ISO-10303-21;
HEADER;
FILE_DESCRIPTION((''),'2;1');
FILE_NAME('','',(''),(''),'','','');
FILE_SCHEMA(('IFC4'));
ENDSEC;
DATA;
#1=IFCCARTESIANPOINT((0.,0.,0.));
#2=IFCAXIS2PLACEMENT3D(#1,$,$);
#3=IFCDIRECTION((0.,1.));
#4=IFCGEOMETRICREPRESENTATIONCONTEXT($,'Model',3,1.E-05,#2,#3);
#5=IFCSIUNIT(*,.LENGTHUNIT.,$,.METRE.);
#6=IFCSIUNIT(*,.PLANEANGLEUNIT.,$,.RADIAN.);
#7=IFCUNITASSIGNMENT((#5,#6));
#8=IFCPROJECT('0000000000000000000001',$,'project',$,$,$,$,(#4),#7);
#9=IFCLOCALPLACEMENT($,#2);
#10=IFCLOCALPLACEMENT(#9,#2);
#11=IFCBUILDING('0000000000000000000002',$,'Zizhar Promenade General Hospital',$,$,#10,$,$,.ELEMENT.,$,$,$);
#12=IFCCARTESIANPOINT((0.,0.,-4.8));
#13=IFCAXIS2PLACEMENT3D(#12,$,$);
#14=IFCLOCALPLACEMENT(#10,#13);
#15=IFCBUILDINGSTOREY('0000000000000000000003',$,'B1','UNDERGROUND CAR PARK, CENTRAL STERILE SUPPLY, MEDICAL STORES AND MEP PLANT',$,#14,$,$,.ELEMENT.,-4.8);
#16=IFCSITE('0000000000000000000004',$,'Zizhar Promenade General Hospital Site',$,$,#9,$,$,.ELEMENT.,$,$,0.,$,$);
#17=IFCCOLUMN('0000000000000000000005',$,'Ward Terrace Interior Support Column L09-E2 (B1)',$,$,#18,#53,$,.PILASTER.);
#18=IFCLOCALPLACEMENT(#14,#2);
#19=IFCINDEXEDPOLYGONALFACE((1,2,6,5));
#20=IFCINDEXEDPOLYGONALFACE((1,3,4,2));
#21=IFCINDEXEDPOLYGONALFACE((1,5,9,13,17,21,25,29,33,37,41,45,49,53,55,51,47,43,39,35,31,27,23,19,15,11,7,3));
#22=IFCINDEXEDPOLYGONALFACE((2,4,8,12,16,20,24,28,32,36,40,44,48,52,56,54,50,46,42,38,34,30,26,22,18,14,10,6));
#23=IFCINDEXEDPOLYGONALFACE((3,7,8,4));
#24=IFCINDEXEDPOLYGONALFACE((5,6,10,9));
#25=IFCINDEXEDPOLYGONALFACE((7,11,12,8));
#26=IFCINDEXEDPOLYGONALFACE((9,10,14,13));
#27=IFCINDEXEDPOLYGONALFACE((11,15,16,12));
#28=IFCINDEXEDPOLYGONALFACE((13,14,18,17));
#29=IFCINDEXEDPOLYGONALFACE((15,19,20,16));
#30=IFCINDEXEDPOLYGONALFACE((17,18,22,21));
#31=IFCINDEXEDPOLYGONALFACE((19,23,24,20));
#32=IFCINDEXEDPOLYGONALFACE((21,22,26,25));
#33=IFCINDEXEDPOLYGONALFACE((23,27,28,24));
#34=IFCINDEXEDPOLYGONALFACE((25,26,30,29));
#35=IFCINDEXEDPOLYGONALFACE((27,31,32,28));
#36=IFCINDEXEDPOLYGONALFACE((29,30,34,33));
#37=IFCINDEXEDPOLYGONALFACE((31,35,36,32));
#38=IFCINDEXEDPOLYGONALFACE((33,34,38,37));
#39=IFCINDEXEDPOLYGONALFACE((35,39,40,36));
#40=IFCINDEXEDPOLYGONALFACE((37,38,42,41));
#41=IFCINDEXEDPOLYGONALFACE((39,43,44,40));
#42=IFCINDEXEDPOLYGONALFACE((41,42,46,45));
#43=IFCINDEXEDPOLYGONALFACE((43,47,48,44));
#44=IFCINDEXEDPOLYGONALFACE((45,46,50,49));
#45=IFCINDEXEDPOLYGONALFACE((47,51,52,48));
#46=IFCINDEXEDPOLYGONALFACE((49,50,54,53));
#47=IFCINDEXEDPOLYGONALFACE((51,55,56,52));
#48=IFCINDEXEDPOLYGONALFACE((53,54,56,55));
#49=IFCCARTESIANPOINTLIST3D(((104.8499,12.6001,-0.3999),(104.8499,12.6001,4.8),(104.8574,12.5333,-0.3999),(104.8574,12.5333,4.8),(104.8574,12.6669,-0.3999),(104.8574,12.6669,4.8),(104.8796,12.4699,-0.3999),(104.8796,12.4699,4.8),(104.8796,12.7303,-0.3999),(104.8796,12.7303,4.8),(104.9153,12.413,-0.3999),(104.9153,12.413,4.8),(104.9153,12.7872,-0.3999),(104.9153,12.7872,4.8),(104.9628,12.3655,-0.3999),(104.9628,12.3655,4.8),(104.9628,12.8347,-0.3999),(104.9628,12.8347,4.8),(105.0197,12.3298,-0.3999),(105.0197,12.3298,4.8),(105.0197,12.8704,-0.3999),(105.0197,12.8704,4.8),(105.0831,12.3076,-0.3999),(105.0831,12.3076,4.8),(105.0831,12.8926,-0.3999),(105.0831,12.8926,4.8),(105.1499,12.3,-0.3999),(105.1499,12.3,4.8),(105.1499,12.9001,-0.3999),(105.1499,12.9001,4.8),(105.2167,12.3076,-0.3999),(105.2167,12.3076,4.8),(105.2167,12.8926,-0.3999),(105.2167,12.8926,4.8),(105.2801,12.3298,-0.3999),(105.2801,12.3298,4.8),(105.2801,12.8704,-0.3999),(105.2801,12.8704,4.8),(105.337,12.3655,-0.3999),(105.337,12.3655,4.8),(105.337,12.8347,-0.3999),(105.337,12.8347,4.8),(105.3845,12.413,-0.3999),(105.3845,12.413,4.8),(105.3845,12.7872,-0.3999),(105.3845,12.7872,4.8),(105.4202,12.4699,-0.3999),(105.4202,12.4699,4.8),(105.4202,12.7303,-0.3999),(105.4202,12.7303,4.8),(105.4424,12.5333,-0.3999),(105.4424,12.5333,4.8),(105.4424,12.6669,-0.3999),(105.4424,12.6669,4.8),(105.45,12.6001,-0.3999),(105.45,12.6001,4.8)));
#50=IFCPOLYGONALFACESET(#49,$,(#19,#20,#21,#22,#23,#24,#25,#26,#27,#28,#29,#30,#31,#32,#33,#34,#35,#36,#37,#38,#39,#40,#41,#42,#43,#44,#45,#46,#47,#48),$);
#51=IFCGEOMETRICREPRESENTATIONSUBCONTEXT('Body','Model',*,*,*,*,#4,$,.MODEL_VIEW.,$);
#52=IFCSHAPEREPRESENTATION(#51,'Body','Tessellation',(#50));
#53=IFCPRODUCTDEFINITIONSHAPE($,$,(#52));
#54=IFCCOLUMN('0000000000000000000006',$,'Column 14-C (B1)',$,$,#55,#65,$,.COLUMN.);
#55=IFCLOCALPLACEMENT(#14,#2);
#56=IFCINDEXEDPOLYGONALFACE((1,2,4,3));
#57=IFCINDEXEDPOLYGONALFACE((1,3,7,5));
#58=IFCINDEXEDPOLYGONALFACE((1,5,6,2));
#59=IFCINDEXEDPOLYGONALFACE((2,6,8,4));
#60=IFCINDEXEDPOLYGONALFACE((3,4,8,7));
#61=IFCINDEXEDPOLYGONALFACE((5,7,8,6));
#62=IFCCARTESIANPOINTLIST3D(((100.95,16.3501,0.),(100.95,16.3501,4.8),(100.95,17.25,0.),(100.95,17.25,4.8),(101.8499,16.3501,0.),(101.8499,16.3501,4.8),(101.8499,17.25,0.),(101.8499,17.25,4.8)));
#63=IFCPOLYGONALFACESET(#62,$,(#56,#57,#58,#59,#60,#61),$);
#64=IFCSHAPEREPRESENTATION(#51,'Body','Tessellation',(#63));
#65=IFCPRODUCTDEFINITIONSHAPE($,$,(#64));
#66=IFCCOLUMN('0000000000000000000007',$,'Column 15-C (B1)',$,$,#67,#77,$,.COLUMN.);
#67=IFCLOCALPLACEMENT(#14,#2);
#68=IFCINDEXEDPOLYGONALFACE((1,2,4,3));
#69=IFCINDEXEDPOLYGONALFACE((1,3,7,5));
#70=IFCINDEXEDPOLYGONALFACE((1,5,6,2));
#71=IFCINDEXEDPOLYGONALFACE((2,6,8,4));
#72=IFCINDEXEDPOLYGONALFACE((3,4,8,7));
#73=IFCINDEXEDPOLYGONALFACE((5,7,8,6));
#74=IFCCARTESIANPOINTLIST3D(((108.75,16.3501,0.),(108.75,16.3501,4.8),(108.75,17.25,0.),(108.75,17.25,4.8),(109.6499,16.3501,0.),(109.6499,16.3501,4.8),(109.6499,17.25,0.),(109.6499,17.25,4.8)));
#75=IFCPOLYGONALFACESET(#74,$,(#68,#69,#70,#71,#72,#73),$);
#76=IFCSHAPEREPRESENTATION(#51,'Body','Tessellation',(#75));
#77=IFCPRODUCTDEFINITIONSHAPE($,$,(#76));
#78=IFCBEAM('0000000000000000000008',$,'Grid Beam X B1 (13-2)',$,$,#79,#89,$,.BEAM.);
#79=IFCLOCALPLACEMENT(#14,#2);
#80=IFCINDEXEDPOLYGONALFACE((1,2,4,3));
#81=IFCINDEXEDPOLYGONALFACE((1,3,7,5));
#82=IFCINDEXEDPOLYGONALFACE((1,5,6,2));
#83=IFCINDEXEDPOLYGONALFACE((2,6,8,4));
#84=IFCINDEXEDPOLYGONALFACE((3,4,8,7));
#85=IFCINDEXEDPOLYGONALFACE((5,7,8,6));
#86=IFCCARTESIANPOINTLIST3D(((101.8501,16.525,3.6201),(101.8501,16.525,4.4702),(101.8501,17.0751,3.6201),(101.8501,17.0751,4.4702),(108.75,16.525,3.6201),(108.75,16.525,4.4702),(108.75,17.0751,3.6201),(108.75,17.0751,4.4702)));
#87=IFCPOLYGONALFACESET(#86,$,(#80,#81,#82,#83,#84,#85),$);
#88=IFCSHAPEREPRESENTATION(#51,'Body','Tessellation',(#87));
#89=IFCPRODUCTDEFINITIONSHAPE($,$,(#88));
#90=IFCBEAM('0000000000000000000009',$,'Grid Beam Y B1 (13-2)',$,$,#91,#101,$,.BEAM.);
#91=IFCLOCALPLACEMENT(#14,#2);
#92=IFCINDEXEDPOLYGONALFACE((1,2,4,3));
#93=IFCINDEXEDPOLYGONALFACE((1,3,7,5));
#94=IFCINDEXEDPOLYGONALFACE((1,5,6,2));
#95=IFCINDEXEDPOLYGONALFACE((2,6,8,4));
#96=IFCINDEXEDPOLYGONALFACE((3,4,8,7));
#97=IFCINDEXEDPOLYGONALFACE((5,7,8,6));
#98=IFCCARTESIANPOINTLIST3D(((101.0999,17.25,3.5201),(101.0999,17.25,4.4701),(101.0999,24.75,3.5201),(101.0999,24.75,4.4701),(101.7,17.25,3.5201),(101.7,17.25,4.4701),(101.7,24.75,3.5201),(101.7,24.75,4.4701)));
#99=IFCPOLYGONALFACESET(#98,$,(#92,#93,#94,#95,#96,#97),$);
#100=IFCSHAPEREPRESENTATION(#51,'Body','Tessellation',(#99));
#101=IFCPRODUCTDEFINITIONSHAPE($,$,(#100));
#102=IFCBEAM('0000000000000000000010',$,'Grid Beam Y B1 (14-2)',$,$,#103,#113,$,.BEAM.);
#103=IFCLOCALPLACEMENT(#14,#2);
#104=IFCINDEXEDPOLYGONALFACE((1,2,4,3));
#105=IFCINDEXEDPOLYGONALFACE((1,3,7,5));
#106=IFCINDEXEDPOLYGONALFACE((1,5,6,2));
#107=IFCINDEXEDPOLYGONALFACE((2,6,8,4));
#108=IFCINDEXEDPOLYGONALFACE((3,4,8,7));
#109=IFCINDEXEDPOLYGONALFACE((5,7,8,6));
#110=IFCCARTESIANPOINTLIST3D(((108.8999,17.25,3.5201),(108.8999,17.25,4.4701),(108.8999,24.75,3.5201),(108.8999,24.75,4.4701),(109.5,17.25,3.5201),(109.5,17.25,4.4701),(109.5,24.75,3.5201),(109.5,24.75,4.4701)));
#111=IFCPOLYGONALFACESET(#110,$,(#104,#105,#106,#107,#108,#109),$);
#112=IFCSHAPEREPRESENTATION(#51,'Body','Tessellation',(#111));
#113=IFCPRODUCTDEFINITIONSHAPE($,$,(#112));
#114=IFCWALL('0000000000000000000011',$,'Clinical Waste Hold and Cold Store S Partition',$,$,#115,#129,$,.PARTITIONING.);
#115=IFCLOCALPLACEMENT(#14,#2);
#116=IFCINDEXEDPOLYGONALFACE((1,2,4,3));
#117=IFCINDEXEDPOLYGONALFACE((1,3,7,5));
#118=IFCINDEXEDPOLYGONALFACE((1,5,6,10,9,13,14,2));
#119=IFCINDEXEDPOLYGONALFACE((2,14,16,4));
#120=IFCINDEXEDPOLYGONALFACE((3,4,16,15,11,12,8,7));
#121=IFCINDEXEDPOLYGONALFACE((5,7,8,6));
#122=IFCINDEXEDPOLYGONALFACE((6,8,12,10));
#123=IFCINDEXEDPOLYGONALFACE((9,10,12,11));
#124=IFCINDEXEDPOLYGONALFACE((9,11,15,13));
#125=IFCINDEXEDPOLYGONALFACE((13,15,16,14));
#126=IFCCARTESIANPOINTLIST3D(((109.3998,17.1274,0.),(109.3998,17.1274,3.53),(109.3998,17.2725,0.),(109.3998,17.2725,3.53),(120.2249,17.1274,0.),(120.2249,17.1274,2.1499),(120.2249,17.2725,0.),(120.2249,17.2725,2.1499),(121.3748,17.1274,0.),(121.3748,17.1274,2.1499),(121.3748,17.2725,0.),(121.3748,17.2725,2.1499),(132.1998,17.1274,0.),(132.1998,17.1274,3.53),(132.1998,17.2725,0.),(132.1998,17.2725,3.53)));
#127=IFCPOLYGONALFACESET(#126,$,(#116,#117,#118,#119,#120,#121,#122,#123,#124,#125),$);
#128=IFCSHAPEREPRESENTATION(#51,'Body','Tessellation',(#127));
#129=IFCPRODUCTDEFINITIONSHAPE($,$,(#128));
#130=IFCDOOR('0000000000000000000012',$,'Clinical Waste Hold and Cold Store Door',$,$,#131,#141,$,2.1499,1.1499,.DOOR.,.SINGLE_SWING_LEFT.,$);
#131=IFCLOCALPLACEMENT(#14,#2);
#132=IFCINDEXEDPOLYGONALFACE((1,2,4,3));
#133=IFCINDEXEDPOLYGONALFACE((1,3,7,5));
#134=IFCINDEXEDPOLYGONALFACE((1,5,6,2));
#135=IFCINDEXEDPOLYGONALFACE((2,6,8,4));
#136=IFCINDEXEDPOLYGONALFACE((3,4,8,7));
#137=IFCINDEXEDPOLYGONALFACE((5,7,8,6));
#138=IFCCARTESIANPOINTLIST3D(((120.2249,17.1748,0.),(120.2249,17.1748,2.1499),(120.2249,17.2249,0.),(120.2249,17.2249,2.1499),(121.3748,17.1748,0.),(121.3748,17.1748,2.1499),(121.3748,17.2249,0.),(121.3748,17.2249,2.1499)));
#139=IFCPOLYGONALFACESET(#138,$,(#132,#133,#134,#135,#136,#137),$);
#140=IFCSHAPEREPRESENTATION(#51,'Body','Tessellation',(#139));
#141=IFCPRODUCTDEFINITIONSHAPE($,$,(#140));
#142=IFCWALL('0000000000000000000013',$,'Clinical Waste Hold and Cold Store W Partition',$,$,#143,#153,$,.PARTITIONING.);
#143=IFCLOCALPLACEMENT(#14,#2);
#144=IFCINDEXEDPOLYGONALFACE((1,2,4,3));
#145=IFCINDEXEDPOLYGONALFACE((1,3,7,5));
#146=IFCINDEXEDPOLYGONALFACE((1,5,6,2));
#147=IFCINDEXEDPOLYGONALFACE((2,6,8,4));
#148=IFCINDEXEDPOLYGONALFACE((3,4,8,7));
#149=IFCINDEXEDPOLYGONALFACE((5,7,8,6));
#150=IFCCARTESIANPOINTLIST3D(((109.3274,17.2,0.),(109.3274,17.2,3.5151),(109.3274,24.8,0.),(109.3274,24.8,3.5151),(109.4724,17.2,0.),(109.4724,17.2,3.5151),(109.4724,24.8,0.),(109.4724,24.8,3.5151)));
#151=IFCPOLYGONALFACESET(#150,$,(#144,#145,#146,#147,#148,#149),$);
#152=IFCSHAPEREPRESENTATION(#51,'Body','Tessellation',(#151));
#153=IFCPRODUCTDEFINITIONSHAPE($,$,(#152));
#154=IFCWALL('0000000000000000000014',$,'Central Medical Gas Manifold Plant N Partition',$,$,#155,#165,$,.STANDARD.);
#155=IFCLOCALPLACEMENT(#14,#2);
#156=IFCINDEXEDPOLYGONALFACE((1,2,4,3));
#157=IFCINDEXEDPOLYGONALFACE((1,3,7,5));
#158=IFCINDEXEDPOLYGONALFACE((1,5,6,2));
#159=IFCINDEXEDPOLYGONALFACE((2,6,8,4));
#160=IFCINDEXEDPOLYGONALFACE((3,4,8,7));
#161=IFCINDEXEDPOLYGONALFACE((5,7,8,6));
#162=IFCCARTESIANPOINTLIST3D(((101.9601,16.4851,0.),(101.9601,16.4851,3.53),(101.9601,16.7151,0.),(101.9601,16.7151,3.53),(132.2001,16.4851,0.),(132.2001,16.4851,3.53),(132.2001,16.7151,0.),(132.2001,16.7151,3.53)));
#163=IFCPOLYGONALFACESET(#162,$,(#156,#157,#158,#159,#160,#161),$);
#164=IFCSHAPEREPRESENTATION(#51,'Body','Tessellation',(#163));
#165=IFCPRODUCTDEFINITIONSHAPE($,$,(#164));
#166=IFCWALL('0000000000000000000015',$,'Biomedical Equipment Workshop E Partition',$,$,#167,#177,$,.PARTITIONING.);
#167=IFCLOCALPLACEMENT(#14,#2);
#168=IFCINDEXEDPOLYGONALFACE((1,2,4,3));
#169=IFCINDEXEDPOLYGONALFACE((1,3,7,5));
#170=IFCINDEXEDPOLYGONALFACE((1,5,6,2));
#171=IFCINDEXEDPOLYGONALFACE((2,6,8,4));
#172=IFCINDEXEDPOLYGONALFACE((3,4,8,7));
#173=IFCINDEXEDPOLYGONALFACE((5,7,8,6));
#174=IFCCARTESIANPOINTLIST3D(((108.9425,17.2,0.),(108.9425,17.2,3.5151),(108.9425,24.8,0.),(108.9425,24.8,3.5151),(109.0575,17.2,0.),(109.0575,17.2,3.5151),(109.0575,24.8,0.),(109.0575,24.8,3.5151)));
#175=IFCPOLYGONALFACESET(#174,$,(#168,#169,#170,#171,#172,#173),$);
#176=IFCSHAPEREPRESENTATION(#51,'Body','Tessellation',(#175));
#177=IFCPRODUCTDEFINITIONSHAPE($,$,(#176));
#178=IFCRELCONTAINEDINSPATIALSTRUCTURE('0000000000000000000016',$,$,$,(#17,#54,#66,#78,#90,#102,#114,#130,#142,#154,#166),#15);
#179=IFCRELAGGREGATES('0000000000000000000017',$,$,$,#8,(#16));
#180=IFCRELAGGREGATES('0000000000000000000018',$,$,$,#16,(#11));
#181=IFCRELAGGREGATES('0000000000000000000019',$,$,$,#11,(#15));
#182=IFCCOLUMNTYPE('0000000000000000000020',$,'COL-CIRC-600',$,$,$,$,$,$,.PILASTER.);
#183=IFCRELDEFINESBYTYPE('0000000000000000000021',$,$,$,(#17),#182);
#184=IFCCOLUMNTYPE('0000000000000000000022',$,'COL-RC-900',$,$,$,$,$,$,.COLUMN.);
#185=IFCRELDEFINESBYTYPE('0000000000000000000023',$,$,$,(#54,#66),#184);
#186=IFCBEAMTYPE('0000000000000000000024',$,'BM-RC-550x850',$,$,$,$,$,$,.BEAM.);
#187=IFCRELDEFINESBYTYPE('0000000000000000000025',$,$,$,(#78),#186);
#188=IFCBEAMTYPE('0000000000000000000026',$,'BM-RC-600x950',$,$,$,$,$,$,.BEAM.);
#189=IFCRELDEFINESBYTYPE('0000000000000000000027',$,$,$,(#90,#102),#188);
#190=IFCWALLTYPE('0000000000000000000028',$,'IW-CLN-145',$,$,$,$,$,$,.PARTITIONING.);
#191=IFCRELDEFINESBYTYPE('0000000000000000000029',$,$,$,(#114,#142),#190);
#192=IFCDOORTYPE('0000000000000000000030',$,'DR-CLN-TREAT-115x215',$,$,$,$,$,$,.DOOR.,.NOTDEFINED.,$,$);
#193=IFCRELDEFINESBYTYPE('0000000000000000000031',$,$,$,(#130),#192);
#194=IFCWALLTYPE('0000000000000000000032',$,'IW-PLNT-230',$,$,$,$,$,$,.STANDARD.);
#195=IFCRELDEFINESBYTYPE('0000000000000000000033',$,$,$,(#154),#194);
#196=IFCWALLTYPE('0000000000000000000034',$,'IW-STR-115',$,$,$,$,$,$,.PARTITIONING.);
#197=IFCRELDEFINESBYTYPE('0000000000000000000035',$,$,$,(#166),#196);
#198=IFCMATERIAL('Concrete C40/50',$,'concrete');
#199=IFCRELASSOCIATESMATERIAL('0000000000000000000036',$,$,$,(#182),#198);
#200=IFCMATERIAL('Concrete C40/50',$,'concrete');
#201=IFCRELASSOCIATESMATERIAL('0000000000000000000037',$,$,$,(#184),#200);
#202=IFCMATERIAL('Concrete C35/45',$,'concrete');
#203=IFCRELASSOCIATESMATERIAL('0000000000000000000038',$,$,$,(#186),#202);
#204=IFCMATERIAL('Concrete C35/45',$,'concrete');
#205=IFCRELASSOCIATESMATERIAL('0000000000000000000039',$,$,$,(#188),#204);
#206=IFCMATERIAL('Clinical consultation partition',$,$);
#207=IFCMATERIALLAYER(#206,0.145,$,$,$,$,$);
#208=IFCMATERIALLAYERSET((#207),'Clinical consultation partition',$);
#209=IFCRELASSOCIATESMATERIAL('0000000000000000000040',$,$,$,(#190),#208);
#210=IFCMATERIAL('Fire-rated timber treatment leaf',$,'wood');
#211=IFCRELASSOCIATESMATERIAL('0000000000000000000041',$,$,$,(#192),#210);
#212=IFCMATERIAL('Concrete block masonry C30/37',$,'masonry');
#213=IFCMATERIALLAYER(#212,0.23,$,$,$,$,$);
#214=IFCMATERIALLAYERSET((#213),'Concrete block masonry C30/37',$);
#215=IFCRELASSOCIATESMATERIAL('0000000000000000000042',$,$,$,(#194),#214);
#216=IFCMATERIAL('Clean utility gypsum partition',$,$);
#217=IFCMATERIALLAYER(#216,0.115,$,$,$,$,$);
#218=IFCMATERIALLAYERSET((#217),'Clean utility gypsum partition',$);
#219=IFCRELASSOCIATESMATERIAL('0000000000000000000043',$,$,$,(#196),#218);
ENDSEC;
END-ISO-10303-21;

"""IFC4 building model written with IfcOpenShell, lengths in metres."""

from ifc_helpers import new_model, si_unit, direction, frame, frame_2d, origin, origin_2d, place, context, subcontext, project, spatial, rectangle, circle, extrude, material, layer, layer_set, material_profile, profile_set, type_object, element, fill, save


model = new_model("IFC4")

# Units and contexts
model_context = context("Model", 3, precision=1e-05, world=origin(), true_north=direction((0.0, 1.0)))
body_context = subcontext(model_context, "Body", "Model", "MODEL_VIEW")
ifc_project = project(units=[si_unit("LENGTHUNIT", "METRE"), si_unit("PLANEANGLEUNIT", "RADIAN")], contexts=[model_context])

# Site, building, storey
site_placement = place(None, origin())
site = spatial("IfcSite", under=ifc_project, at=site_placement, Name="Zizhar Promenade General Hospital Site", CompositionType="ELEMENT", RefElevation=0.0)
building_placement = place(site_placement, origin())
building = spatial("IfcBuilding", under=site, at=building_placement, Name="Zizhar Promenade General Hospital", CompositionType="ELEMENT")
storey_placement = place(building_placement, frame((0.0, 0.0, -4.8)))
storey = spatial("IfcBuildingStorey", under=building, at=storey_placement, Name="B1", Description="UNDERGROUND CAR PARK, CENTRAL STERILE SUPPLY, MEDICAL STORES AND MEP PLANT", CompositionType="ELEMENT", Elevation=-4.8)

# Columns
ifc_material_1 = material(Name="Concrete C40/50", Category="concrete")
ifc_material_profile_1 = material_profile(ifc_material_1, circle(Radius=0.3, at=origin_2d()))
ifc_profile_set_1 = profile_set([ifc_material_profile_1], Name="Concrete C40/50")
column_type_1 = type_object("IfcColumnType", Name="COL-CIRC-600", PredefinedType="PILASTER", material=ifc_profile_set_1)
column_placement = place(storey_placement, frame((105.1499, 12.6001, -0.3999), z_axis=(0.0, 0.0, 1.0), x_axis=(1.0, 0.0, 0.0)))
element("IfcColumn", 1, at=column_placement, inside=storey, type_object=column_type_1, Name="Ward Terrace Interior Support Column L09-E2 (B1)", PredefinedType="PILASTER", context=body_context, shape_type="SweptSolid", body=[
    extrude(circle(Radius=0.3, at=origin_2d()), origin(), (0.0, 0.0, 1.0), 5.2),
])
ifc_material_2 = material(Name="Concrete C40/50", Category="concrete")
ifc_material_profile_2 = material_profile(ifc_material_2, rectangle(XDim=0.8999, YDim=0.8999, at=origin_2d()))
ifc_profile_set_2 = profile_set([ifc_material_profile_2], Name="Concrete C40/50")
column_type_2 = type_object("IfcColumnType", Name="COL-RC-900", PredefinedType="COLUMN", material=ifc_profile_set_2)
for number, where, z_axis, x_axis, name in (
    (2, (101.3999, 16.8, 0.0), (0.0, 0.0, 1.0), (1.0, 0.0, 0.0), "Column 14-C (B1)"),
    (3, (109.2, 16.8, 0.0), (0.0, 0.0, 1.0), (1.0, 0.0, 0.0), "Column 15-C (B1)"),
):
    element("IfcColumn", number, at=place(storey_placement, frame(where, z_axis=z_axis, x_axis=x_axis)), inside=storey, type_object=column_type_2, Name=name, PredefinedType="COLUMN", context=body_context, shape_type="SweptSolid", body=[
        extrude(rectangle(XDim=0.8999, YDim=0.8999, at=origin_2d()), origin(), (0.0, 0.0, 1.0), 4.8),
    ])

# Beams
ifc_material_3 = material(Name="Concrete C35/45", Category="concrete")
ifc_material_profile_3 = material_profile(ifc_material_3, rectangle(XDim=0.55, YDim=0.8501, at=origin_2d()))
ifc_profile_set_3 = profile_set([ifc_material_profile_3], Name="Concrete C35/45")
beam_type_1 = type_object("IfcBeamType", Name="BM-RC-550x850", PredefinedType="BEAM", material=ifc_profile_set_3)
beam_placement = place(storey_placement, frame((101.8501, 16.8, 4.0452), z_axis=(1.0, 0.0, 0.0), x_axis=(0.0, 1.0, 0.0)))
element("IfcBeam", 4, at=beam_placement, inside=storey, type_object=beam_type_1, Name="Grid Beam X B1 (13-2)", PredefinedType="BEAM", context=body_context, shape_type="SweptSolid", body=[
    extrude(rectangle(XDim=0.55, YDim=0.8501, at=origin_2d()), origin(), (0.0, 0.0, 1.0), 6.8999),
])
ifc_material_4 = material(Name="Concrete C35/45", Category="concrete")
ifc_material_profile_4 = material_profile(ifc_material_4, rectangle(XDim=0.6001, YDim=0.95, at=origin_2d()))
ifc_profile_set_4 = profile_set([ifc_material_profile_4], Name="Concrete C35/45")
beam_type_2 = type_object("IfcBeamType", Name="BM-RC-600x950", PredefinedType="BEAM", material=ifc_profile_set_4)
for number, where, z_axis, x_axis, name in (
    (5, (101.3999, 17.25, 3.9951), (0.0, 1.0, 0.0), (-1.0, 0.0, 0.0), "Grid Beam Y B1 (13-2)"),
    (6, (109.2, 17.25, 3.9951), (0.0, 1.0, 0.0), (-1.0, 0.0, 0.0), "Grid Beam Y B1 (14-2)"),
):
    element("IfcBeam", number, at=place(storey_placement, frame(where, z_axis=z_axis, x_axis=x_axis)), inside=storey, type_object=beam_type_2, Name=name, PredefinedType="BEAM", context=body_context, shape_type="SweptSolid", body=[
        extrude(rectangle(XDim=0.6001, YDim=0.95, at=origin_2d()), origin(), (0.0, 0.0, 1.0), 7.5),
    ])

# Wall, opening, door
ifc_material_5 = material(Name="Clinical consultation partition")
ifc_layer_1 = layer(ifc_material_5, 0.145)
ifc_layer_set_1 = layer_set([ifc_layer_1], Name="Clinical consultation partition")
wall_type_1 = type_object("IfcWallType", Name="IW-CLN-145", PredefinedType="PARTITIONING", material=ifc_layer_set_1)
wall_1_placement = place(storey_placement, frame((109.3999, 17.2, 0.0), z_axis=(0.0, 0.0, 1.0), x_axis=(1.0, 0.0, 0.0)))
wall_1 = element("IfcWall", 7, at=wall_1_placement, inside=storey, type_object=wall_type_1, Name="Clinical Waste Hold and Cold Store S Partition", PredefinedType="PARTITIONING", context=body_context, shape_type="SweptSolid", body=[
    extrude(rectangle(XDim=22.8, YDim=0.145, at=frame_2d((11.3999, 0.0))), origin(), (0.0, 0.0, 1.0), 3.53),
])
opening_placement = place(wall_1_placement, frame((10.825, 0.0, 0.0)))
opening = element("IfcOpeningElement", 8, at=opening_placement, cuts=wall_1, PredefinedType="OPENING", context=body_context, shape_type="SweptSolid", body=[
    extrude(rectangle(XDim=1.1499, YDim=2.1499, at=frame_2d((0.575, 1.075))), frame((0.0, 0.0825, 0.0), z_axis=(0.0, -1.0, 0.0), x_axis=(1.0, 0.0, 0.0)), (0.0, 0.0, 1.0), 0.165),
])
ifc_material_6 = material(Name="Fire-rated timber treatment leaf", Category="wood")
door_type = type_object("IfcDoorType", Name="DR-CLN-TREAT-115x215", OperationType="NOTDEFINED", PredefinedType="DOOR", material=ifc_material_6)
door_placement = place(opening_placement, origin())
door = element("IfcDoor", 9, at=door_placement, inside=storey, type_object=door_type, Name="Clinical Waste Hold and Cold Store Door", OperationType="SINGLE_SWING_LEFT", OverallHeight=2.1499, OverallWidth=1.1499, PredefinedType="DOOR", context=body_context, shape_type="SweptSolid", body=[
    extrude(rectangle(XDim=1.1499, YDim=2.1499, at=frame_2d((0.575, 1.075))), frame((0.0, 0.0249, 0.0), z_axis=(0.0, -1.0, 0.0), x_axis=(1.0, 0.0, 0.0)), (0.0, 0.0, 1.0), 0.05),
])
fill(opening, door)

# Walls
wall_2_placement = place(storey_placement, frame((109.3999, 17.2, 0.0), z_axis=(0.0, 0.0, 1.0), x_axis=(0.0, 1.0, 0.0)))
element("IfcWall", 10, at=wall_2_placement, inside=storey, type_object=wall_type_1, Name="Clinical Waste Hold and Cold Store W Partition", PredefinedType="PARTITIONING", context=body_context, shape_type="SweptSolid", body=[
    extrude(rectangle(XDim=7.6001, YDim=0.145, at=frame_2d((3.8, 0.0))), origin(), (0.0, 0.0, 1.0), 3.5151),
])
ifc_material_7 = material(Name="Concrete block masonry C30/37", Category="masonry")
ifc_layer_2 = layer(ifc_material_7, 0.23)
ifc_layer_set_2 = layer_set([ifc_layer_2], Name="Concrete block masonry C30/37")
wall_type_2 = type_object("IfcWallType", Name="IW-PLNT-230", PredefinedType="STANDARD", material=ifc_layer_set_2)
wall_3_placement = place(storey_placement, frame((101.96, 16.6001, 0.0), z_axis=(0.0, 0.0, 1.0), x_axis=(1.0, 0.0, 0.0)))
element("IfcWall", 11, at=wall_3_placement, inside=storey, type_object=wall_type_2, Name="Central Medical Gas Manifold Plant N Partition", PredefinedType="STANDARD", context=body_context, shape_type="SweptSolid", body=[
    extrude(rectangle(XDim=30.24, YDim=0.23, at=frame_2d((15.1201, 0.0))), origin(), (0.0, 0.0, 1.0), 3.53),
])
ifc_material_8 = material(Name="Clean utility gypsum partition")
ifc_layer_3 = layer(ifc_material_8, 0.115)
ifc_layer_set_3 = layer_set([ifc_layer_3], Name="Clean utility gypsum partition")
wall_type_3 = type_object("IfcWallType", Name="IW-STR-115", PredefinedType="PARTITIONING", material=ifc_layer_set_3)
wall_4_placement = place(storey_placement, frame((109.0, 17.2, 0.0), z_axis=(0.0, 0.0, 1.0), x_axis=(0.0, 1.0, 0.0)))
element("IfcWall", 12, at=wall_4_placement, inside=storey, type_object=wall_type_3, Name="Biomedical Equipment Workshop E Partition", PredefinedType="PARTITIONING", context=body_context, shape_type="SweptSolid", body=[
    extrude(rectangle(XDim=7.6001, YDim=0.115, at=frame_2d((3.8, 0.0))), origin(), (0.0, 0.0, 1.0), 3.5151),
])

save(model, "model.ifc")
